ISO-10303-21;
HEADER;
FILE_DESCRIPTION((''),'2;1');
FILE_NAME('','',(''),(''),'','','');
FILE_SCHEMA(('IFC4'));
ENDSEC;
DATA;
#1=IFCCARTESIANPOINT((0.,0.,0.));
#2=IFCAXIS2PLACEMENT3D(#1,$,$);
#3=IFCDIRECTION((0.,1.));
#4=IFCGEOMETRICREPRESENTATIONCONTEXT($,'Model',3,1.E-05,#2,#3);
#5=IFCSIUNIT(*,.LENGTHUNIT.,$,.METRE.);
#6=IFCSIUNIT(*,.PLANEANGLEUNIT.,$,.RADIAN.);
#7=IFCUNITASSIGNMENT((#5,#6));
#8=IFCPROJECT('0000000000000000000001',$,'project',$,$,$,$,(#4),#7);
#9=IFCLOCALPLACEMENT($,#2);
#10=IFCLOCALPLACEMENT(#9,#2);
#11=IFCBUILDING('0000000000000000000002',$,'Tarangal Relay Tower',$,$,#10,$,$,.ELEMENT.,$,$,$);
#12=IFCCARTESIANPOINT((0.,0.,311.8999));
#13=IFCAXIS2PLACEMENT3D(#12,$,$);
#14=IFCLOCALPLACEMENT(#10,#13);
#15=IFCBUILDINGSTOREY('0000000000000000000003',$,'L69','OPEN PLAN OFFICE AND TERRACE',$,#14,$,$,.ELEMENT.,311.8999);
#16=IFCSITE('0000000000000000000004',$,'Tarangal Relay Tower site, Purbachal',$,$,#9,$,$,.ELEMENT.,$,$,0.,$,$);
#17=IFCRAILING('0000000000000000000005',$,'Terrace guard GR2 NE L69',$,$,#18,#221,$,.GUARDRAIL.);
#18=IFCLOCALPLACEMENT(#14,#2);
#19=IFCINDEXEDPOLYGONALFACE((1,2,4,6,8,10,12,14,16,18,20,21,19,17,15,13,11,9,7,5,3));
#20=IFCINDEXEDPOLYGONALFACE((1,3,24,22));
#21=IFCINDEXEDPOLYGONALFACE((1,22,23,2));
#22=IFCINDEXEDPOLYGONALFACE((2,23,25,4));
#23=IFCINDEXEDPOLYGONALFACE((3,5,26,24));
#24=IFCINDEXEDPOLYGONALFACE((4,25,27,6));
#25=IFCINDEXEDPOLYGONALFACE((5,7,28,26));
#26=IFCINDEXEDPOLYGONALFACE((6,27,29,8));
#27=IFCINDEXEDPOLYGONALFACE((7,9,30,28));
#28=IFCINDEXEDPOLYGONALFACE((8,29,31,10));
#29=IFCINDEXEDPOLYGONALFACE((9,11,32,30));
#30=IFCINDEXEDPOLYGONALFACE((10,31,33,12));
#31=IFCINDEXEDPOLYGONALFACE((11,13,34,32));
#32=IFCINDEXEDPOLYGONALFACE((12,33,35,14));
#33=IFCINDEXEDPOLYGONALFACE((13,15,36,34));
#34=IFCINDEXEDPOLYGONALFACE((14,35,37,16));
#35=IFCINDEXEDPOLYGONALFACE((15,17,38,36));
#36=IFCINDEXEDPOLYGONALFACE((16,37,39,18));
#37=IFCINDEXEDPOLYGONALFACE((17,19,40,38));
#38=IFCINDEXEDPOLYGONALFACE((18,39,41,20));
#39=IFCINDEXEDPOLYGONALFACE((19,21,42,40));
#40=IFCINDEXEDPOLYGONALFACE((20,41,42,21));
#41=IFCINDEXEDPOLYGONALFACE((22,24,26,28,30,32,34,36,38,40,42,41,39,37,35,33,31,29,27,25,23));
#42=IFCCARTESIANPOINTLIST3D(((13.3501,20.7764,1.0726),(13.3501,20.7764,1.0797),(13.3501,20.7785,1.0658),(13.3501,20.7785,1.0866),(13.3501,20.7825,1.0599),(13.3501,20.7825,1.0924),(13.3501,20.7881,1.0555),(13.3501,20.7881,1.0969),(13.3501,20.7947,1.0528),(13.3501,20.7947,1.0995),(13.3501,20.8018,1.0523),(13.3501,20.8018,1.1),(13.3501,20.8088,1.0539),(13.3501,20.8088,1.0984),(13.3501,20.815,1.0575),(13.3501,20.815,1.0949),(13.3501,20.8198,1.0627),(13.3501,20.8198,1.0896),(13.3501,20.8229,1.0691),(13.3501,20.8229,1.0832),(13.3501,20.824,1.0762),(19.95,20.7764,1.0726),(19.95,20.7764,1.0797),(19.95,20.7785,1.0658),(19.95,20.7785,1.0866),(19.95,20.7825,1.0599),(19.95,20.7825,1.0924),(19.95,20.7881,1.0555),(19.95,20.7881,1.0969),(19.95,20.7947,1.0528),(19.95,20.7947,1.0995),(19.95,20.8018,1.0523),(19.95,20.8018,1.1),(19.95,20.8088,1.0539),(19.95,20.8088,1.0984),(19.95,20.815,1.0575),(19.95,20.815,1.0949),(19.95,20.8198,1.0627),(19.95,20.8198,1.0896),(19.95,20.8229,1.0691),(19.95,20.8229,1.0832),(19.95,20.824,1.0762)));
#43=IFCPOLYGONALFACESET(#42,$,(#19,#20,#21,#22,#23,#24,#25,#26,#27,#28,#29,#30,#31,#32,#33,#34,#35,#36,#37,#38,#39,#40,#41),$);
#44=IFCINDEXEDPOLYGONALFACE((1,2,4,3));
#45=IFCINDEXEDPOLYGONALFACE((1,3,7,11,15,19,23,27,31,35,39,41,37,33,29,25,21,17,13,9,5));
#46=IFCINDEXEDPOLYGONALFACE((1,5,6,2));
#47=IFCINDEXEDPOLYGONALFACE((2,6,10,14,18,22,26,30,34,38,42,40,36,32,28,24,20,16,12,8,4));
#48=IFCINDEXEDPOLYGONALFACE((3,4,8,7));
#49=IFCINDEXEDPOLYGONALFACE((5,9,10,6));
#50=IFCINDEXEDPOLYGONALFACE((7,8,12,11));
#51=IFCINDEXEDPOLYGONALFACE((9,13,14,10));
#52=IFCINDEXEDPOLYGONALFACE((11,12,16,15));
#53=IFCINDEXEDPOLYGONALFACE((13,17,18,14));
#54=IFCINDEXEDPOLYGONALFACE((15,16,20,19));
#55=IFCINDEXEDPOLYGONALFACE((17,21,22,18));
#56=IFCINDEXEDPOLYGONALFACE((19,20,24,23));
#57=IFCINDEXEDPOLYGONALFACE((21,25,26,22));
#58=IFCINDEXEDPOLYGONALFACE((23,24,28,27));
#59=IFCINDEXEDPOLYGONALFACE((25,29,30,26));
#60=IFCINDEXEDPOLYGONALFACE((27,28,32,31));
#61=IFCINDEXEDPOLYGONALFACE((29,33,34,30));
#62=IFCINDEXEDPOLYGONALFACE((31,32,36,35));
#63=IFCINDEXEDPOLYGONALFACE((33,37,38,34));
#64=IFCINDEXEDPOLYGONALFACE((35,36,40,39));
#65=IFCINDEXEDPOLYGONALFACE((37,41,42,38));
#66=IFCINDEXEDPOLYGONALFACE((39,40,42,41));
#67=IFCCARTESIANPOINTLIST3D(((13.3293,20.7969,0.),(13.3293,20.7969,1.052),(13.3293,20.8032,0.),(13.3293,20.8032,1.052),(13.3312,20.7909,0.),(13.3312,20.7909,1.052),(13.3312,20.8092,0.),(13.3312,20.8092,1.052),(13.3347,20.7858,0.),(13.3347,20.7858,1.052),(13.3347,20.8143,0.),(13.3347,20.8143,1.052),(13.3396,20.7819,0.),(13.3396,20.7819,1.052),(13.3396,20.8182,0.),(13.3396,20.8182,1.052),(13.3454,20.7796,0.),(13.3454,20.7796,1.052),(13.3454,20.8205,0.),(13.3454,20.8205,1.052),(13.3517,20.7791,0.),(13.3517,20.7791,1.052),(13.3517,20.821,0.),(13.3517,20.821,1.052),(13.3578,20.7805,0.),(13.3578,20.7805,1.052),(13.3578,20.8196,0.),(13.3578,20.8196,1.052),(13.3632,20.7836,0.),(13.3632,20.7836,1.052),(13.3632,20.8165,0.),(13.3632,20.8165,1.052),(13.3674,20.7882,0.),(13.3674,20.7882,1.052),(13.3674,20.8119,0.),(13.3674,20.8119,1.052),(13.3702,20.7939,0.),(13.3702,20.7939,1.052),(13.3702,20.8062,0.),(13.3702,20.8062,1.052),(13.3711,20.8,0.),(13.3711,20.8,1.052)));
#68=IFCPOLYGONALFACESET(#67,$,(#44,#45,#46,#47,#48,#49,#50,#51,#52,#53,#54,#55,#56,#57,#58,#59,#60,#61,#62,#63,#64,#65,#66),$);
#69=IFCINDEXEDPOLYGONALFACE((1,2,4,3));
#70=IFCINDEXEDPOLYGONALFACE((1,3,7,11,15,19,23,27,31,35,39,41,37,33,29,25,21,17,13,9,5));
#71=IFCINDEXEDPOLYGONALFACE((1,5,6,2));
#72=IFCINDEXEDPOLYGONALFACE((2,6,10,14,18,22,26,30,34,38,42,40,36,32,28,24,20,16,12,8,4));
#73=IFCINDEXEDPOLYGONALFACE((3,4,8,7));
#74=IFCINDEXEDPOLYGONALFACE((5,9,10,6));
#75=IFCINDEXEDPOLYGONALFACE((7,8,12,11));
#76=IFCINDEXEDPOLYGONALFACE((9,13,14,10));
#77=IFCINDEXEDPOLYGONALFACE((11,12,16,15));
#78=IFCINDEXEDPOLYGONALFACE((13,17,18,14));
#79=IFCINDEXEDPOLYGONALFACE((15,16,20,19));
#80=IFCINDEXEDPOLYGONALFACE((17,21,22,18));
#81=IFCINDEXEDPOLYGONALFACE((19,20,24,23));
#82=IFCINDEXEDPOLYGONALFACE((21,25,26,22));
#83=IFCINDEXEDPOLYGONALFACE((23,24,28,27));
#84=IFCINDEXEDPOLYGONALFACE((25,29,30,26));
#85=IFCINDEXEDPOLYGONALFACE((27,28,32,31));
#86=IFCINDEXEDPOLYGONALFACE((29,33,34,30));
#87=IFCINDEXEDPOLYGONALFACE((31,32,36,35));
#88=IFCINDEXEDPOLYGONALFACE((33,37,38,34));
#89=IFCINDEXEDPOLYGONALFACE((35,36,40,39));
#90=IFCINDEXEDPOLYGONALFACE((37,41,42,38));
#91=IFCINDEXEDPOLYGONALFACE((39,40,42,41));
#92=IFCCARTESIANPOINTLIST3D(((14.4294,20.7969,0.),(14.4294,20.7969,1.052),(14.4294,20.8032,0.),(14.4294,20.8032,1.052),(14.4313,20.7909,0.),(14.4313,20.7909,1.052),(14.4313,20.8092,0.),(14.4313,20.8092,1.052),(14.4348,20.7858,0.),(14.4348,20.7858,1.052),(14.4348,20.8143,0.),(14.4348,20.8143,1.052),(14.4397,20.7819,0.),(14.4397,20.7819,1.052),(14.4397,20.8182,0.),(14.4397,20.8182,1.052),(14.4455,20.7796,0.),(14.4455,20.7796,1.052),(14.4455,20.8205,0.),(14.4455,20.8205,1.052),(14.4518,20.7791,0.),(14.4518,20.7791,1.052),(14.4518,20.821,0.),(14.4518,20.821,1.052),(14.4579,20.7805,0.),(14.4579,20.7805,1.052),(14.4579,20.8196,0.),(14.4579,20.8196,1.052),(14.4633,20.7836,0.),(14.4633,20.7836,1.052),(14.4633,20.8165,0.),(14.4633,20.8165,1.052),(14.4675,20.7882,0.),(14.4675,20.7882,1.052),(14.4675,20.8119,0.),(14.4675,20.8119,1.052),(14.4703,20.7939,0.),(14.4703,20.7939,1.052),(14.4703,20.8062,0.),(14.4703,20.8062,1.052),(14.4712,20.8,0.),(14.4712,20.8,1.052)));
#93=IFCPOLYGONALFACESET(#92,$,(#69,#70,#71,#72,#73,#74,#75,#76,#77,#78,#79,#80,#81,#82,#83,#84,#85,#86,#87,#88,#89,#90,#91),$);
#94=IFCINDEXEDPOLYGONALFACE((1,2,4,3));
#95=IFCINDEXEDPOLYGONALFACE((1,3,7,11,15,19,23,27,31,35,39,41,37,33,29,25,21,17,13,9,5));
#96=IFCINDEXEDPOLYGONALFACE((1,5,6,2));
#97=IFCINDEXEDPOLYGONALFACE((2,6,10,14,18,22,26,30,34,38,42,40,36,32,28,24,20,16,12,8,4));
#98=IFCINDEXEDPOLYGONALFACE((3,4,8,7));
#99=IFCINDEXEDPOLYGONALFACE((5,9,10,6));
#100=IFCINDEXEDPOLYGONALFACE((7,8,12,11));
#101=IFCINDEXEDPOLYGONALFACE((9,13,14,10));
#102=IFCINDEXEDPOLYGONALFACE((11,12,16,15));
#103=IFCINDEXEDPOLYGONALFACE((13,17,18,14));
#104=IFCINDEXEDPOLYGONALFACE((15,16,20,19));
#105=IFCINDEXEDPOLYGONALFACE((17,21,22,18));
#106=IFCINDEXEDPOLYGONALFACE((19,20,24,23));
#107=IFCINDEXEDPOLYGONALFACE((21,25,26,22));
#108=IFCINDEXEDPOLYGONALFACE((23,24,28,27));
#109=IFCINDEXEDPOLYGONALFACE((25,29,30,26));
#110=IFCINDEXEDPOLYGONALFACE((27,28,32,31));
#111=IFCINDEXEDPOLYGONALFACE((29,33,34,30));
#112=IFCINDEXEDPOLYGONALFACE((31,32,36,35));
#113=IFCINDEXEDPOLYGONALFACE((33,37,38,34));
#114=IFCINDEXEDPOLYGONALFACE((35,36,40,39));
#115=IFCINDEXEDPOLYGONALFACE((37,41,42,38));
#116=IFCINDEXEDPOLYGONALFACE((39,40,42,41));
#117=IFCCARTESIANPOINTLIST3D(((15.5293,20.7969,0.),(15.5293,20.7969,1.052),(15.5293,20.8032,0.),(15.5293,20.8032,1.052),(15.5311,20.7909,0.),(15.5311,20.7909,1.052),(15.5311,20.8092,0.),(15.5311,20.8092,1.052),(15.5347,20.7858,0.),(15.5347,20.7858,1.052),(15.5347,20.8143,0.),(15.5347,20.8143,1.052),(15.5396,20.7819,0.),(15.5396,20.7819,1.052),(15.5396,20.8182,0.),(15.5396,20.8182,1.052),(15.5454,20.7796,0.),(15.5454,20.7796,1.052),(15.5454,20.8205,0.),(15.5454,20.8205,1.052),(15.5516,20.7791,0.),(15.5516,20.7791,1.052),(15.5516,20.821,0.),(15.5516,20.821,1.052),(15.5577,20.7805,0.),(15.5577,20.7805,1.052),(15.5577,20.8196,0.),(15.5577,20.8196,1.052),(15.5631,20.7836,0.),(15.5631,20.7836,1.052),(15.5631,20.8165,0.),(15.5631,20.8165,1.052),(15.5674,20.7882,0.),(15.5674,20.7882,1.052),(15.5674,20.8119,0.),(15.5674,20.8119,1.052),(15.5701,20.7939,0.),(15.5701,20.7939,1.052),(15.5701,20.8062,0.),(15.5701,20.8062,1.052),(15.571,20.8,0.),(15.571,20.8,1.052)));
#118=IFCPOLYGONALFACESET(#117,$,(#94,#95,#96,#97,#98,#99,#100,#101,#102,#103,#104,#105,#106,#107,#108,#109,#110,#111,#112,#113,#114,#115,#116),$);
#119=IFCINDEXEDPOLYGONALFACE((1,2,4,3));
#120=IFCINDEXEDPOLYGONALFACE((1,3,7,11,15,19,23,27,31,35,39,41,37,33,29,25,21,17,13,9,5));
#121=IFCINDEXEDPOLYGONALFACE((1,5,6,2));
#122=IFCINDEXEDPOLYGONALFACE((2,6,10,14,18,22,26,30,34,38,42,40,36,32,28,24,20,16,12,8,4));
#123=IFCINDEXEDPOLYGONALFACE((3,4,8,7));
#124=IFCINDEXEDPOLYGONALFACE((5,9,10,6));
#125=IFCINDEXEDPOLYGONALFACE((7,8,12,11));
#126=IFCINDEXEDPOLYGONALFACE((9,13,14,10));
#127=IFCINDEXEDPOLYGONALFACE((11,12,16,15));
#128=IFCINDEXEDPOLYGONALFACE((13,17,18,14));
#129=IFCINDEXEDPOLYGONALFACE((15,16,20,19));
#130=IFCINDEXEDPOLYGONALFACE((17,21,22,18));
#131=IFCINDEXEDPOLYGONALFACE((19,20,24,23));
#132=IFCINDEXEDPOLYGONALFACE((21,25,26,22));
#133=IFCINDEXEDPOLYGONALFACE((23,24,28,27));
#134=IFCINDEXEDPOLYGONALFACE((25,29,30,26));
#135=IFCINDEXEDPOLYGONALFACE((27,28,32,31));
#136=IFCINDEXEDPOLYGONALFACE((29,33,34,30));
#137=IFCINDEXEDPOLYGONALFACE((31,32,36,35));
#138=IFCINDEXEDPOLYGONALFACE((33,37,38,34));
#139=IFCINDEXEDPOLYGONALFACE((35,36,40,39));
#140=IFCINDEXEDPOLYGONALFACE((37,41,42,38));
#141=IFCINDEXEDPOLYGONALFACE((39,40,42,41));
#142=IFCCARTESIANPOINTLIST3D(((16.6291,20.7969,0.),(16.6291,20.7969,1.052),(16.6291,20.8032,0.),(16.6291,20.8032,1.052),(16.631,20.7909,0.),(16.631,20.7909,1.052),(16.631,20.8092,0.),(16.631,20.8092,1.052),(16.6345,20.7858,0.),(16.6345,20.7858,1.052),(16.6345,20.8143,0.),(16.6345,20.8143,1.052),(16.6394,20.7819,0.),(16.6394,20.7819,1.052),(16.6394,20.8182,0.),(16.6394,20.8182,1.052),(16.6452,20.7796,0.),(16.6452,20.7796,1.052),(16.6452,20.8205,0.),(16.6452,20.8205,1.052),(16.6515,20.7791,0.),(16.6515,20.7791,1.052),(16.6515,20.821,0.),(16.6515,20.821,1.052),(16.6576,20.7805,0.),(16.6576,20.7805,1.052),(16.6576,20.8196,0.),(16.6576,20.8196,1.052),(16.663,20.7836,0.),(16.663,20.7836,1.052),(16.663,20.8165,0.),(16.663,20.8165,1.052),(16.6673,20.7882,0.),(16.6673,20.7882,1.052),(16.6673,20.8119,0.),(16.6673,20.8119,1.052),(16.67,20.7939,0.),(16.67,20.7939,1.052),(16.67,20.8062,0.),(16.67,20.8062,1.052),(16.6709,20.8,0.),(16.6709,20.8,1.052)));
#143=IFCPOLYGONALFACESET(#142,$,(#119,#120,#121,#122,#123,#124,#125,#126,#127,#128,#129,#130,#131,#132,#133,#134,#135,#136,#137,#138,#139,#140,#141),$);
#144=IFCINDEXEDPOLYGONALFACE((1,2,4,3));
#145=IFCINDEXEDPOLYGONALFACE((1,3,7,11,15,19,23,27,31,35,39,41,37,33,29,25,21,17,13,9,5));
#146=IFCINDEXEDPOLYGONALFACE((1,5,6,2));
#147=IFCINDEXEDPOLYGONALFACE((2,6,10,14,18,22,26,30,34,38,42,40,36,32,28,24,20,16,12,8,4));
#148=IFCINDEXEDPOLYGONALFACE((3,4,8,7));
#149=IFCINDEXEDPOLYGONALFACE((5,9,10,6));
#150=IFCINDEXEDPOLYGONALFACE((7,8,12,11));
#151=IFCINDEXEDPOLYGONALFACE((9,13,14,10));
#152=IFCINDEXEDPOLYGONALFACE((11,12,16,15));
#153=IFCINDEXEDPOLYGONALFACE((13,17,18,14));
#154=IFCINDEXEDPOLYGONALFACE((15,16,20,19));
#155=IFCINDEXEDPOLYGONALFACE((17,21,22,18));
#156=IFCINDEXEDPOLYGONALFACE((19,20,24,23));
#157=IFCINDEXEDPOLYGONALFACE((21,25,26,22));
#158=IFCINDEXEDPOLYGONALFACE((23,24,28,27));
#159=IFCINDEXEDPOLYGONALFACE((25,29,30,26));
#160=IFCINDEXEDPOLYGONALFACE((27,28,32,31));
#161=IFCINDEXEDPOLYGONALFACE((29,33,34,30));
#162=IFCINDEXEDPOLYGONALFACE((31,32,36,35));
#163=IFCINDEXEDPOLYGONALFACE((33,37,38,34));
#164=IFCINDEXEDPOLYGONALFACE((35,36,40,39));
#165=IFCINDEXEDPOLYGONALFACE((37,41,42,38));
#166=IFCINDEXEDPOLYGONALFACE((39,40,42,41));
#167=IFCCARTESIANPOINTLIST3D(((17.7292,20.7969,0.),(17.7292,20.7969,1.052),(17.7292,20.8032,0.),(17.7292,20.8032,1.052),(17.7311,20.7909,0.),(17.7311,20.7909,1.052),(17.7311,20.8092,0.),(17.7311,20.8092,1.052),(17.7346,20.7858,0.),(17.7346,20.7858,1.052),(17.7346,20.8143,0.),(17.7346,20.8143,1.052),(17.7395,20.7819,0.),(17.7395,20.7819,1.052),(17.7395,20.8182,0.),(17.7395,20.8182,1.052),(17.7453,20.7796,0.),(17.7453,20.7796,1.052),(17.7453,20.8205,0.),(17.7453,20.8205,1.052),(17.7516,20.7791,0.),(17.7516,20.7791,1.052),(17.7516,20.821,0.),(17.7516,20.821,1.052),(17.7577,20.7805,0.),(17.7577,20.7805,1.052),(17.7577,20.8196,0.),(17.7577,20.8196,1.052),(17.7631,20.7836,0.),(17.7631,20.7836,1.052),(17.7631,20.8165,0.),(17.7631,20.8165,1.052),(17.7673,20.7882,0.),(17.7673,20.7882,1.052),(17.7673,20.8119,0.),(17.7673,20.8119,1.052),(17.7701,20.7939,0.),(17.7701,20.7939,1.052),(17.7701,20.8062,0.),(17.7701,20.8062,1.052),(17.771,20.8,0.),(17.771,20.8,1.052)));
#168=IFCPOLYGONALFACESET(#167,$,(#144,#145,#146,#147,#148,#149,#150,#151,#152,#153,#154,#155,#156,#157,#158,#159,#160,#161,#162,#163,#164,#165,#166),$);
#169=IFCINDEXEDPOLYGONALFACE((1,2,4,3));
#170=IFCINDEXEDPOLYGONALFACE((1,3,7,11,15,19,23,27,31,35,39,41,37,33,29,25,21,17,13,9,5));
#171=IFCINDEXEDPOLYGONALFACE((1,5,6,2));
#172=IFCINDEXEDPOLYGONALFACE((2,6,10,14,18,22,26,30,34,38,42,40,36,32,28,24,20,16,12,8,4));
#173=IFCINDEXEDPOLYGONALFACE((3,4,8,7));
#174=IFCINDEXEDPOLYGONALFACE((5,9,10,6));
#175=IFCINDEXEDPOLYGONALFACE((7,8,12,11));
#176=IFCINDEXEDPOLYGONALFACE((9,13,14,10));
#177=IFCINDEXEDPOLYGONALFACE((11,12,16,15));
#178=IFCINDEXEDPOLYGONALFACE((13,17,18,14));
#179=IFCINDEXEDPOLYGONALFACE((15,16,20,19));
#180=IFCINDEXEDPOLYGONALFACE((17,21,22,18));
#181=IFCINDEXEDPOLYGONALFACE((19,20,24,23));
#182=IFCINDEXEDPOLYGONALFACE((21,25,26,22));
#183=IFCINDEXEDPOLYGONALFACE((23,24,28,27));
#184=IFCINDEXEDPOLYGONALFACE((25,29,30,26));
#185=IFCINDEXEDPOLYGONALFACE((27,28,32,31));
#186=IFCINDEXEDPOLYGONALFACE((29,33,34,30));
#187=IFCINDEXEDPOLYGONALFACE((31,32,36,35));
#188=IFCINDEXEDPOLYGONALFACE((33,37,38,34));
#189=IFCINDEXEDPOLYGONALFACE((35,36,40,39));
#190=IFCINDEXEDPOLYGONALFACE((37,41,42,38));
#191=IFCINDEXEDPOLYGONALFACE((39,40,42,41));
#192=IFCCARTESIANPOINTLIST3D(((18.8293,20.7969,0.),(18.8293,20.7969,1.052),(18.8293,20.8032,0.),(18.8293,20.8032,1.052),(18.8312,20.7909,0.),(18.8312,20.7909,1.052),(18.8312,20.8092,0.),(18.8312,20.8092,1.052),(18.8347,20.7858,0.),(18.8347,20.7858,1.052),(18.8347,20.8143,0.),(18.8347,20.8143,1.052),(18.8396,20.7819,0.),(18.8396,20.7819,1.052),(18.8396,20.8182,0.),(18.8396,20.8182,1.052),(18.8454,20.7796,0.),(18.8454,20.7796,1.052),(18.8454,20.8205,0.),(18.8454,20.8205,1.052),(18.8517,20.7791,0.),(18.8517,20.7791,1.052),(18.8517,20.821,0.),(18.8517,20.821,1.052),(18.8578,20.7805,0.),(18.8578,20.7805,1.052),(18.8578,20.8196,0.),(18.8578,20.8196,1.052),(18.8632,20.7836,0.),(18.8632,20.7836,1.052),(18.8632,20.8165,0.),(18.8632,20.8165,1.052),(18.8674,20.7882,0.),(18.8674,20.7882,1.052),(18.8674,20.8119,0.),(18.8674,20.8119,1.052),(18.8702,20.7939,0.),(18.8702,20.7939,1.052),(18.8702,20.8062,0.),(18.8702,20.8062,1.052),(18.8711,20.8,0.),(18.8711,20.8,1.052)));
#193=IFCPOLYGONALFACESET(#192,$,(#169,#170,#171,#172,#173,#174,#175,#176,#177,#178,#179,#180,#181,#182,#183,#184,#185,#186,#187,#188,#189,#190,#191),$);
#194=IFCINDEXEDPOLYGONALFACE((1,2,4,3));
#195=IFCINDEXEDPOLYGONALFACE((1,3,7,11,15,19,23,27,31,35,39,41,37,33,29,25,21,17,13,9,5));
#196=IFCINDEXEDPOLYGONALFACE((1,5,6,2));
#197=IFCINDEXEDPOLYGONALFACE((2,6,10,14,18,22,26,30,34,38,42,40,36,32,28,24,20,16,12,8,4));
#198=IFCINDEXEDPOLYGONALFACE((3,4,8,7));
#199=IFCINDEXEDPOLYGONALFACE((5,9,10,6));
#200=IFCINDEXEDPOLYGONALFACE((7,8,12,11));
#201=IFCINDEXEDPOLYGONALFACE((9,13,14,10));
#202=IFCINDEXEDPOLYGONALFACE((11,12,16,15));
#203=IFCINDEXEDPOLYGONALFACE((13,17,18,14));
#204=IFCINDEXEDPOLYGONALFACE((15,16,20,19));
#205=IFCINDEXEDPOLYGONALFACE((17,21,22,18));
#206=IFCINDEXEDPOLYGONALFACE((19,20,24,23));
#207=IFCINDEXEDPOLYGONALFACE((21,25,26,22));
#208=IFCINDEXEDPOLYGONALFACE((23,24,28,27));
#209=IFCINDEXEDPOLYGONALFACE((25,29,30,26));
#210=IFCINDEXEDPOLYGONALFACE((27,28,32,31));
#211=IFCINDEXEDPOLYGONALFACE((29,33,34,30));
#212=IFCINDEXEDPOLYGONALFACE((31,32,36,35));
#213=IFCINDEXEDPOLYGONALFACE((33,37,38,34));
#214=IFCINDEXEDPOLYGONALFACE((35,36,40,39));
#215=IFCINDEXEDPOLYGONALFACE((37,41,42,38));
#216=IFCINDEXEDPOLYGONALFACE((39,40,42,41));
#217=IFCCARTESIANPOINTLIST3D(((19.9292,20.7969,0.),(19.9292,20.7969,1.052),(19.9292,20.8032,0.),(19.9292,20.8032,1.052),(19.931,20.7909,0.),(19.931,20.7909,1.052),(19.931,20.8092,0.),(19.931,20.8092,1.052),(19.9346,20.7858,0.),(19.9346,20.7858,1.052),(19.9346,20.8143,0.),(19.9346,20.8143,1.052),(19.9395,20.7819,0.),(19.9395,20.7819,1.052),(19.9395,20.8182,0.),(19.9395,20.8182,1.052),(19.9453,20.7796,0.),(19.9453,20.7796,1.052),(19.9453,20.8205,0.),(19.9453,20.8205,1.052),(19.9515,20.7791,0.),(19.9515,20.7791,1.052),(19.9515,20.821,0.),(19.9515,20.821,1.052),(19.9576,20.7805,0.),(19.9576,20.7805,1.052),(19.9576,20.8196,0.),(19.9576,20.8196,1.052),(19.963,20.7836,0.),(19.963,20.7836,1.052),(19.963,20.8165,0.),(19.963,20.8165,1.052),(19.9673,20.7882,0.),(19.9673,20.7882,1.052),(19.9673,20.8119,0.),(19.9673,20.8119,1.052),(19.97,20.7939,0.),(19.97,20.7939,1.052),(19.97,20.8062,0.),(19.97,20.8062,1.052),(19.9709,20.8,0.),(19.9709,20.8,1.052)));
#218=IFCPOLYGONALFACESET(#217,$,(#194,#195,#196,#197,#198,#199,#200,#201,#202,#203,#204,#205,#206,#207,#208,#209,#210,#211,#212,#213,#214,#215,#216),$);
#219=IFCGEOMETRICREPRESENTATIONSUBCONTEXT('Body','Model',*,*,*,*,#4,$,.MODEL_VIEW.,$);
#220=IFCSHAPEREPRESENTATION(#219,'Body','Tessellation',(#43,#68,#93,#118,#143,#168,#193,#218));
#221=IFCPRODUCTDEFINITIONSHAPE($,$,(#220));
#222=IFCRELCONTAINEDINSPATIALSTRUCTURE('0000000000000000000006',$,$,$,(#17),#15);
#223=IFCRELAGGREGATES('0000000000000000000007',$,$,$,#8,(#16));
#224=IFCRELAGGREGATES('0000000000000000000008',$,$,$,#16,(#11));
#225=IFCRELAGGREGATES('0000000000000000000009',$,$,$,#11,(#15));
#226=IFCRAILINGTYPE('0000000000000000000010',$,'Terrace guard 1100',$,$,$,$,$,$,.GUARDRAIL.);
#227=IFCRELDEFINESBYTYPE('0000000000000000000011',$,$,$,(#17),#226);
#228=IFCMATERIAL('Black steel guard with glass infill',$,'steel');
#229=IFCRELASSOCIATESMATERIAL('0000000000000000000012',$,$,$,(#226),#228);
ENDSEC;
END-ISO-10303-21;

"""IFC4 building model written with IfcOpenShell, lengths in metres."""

from ifc_helpers import new_model, si_unit, direction, frame, origin, origin_2d, place, context, subcontext, project, spatial, circle, extrude, material, type_object, element, save


model = new_model("IFC4")

# Units and contexts
model_context = context("Model", 3, precision=1e-05, world=origin(), true_north=direction((0.0, 1.0)))
body_context = subcontext(model_context, "Body", "Model", "MODEL_VIEW")
ifc_project = project(units=[si_unit("LENGTHUNIT", "METRE"), si_unit("PLANEANGLEUNIT", "RADIAN")], contexts=[model_context])

# Site, building, storey
site_placement = place(None, origin())
site = spatial("IfcSite", under=ifc_project, at=site_placement, Name="Tarangal Relay Tower site, Purbachal", CompositionType="ELEMENT", RefElevation=0.0)
building_placement = place(site_placement, origin())
building = spatial("IfcBuilding", under=site, at=building_placement, Name="Tarangal Relay Tower", CompositionType="ELEMENT")
storey_placement = place(building_placement, frame((0.0, 0.0, 311.8999)))
storey = spatial("IfcBuildingStorey", under=building, at=storey_placement, Name="L69", Description="OPEN PLAN OFFICE AND TERRACE", CompositionType="ELEMENT", Elevation=311.8999)

# Railing
ifc_material_1 = material(Name="Black steel guard with glass infill", Category="steel")
railing_type = type_object("IfcRailingType", Name="Terrace guard 1100", PredefinedType="GUARDRAIL", material=ifc_material_1)
railing_1_placement = place(storey_placement, frame((13.3501, 20.8, 0.0)))
element("IfcRailing", 1, at=railing_1_placement, inside=storey, type_object=railing_type, Name="Terrace guard GR2 NE L69", PredefinedType="GUARDRAIL", context=body_context, shape_type="SweptSolid", body=[
    extrude(circle(Radius=0.0239, at=origin_2d()), frame((0.0, 0.0, 1.0762), z_axis=(1.0, 0.0, 0.0), x_axis=(0.0, 1.0, 0.0)), (0.0, 0.0, 1.0), 6.5999),
    extrude(circle(Radius=0.021, at=origin_2d()), origin(), (0.0, 0.0, 1.0), 1.052),
    extrude(circle(Radius=0.021, at=origin_2d()), frame((1.1001, 0.0, 0.0)), (0.0, 0.0, 1.0), 1.052),
    extrude(circle(Radius=0.021, at=origin_2d()), frame((2.2, 0.0, 0.0)), (0.0, 0.0, 1.0), 1.052),
    extrude(circle(Radius=0.021, at=origin_2d()), frame((3.2998, 0.0, 0.0)), (0.0, 0.0, 1.0), 1.052),
    extrude(circle(Radius=0.021, at=origin_2d()), frame((4.3999, 0.0, 0.0)), (0.0, 0.0, 1.0), 1.052),
    extrude(circle(Radius=0.021, at=origin_2d()), frame((5.5, 0.0, 0.0)), (0.0, 0.0, 1.0), 1.052),
    extrude(circle(Radius=0.021, at=origin_2d()), frame((6.5999, 0.0, 0.0)), (0.0, 0.0, 1.0), 1.052),
])

save(model, "model.ifc")
